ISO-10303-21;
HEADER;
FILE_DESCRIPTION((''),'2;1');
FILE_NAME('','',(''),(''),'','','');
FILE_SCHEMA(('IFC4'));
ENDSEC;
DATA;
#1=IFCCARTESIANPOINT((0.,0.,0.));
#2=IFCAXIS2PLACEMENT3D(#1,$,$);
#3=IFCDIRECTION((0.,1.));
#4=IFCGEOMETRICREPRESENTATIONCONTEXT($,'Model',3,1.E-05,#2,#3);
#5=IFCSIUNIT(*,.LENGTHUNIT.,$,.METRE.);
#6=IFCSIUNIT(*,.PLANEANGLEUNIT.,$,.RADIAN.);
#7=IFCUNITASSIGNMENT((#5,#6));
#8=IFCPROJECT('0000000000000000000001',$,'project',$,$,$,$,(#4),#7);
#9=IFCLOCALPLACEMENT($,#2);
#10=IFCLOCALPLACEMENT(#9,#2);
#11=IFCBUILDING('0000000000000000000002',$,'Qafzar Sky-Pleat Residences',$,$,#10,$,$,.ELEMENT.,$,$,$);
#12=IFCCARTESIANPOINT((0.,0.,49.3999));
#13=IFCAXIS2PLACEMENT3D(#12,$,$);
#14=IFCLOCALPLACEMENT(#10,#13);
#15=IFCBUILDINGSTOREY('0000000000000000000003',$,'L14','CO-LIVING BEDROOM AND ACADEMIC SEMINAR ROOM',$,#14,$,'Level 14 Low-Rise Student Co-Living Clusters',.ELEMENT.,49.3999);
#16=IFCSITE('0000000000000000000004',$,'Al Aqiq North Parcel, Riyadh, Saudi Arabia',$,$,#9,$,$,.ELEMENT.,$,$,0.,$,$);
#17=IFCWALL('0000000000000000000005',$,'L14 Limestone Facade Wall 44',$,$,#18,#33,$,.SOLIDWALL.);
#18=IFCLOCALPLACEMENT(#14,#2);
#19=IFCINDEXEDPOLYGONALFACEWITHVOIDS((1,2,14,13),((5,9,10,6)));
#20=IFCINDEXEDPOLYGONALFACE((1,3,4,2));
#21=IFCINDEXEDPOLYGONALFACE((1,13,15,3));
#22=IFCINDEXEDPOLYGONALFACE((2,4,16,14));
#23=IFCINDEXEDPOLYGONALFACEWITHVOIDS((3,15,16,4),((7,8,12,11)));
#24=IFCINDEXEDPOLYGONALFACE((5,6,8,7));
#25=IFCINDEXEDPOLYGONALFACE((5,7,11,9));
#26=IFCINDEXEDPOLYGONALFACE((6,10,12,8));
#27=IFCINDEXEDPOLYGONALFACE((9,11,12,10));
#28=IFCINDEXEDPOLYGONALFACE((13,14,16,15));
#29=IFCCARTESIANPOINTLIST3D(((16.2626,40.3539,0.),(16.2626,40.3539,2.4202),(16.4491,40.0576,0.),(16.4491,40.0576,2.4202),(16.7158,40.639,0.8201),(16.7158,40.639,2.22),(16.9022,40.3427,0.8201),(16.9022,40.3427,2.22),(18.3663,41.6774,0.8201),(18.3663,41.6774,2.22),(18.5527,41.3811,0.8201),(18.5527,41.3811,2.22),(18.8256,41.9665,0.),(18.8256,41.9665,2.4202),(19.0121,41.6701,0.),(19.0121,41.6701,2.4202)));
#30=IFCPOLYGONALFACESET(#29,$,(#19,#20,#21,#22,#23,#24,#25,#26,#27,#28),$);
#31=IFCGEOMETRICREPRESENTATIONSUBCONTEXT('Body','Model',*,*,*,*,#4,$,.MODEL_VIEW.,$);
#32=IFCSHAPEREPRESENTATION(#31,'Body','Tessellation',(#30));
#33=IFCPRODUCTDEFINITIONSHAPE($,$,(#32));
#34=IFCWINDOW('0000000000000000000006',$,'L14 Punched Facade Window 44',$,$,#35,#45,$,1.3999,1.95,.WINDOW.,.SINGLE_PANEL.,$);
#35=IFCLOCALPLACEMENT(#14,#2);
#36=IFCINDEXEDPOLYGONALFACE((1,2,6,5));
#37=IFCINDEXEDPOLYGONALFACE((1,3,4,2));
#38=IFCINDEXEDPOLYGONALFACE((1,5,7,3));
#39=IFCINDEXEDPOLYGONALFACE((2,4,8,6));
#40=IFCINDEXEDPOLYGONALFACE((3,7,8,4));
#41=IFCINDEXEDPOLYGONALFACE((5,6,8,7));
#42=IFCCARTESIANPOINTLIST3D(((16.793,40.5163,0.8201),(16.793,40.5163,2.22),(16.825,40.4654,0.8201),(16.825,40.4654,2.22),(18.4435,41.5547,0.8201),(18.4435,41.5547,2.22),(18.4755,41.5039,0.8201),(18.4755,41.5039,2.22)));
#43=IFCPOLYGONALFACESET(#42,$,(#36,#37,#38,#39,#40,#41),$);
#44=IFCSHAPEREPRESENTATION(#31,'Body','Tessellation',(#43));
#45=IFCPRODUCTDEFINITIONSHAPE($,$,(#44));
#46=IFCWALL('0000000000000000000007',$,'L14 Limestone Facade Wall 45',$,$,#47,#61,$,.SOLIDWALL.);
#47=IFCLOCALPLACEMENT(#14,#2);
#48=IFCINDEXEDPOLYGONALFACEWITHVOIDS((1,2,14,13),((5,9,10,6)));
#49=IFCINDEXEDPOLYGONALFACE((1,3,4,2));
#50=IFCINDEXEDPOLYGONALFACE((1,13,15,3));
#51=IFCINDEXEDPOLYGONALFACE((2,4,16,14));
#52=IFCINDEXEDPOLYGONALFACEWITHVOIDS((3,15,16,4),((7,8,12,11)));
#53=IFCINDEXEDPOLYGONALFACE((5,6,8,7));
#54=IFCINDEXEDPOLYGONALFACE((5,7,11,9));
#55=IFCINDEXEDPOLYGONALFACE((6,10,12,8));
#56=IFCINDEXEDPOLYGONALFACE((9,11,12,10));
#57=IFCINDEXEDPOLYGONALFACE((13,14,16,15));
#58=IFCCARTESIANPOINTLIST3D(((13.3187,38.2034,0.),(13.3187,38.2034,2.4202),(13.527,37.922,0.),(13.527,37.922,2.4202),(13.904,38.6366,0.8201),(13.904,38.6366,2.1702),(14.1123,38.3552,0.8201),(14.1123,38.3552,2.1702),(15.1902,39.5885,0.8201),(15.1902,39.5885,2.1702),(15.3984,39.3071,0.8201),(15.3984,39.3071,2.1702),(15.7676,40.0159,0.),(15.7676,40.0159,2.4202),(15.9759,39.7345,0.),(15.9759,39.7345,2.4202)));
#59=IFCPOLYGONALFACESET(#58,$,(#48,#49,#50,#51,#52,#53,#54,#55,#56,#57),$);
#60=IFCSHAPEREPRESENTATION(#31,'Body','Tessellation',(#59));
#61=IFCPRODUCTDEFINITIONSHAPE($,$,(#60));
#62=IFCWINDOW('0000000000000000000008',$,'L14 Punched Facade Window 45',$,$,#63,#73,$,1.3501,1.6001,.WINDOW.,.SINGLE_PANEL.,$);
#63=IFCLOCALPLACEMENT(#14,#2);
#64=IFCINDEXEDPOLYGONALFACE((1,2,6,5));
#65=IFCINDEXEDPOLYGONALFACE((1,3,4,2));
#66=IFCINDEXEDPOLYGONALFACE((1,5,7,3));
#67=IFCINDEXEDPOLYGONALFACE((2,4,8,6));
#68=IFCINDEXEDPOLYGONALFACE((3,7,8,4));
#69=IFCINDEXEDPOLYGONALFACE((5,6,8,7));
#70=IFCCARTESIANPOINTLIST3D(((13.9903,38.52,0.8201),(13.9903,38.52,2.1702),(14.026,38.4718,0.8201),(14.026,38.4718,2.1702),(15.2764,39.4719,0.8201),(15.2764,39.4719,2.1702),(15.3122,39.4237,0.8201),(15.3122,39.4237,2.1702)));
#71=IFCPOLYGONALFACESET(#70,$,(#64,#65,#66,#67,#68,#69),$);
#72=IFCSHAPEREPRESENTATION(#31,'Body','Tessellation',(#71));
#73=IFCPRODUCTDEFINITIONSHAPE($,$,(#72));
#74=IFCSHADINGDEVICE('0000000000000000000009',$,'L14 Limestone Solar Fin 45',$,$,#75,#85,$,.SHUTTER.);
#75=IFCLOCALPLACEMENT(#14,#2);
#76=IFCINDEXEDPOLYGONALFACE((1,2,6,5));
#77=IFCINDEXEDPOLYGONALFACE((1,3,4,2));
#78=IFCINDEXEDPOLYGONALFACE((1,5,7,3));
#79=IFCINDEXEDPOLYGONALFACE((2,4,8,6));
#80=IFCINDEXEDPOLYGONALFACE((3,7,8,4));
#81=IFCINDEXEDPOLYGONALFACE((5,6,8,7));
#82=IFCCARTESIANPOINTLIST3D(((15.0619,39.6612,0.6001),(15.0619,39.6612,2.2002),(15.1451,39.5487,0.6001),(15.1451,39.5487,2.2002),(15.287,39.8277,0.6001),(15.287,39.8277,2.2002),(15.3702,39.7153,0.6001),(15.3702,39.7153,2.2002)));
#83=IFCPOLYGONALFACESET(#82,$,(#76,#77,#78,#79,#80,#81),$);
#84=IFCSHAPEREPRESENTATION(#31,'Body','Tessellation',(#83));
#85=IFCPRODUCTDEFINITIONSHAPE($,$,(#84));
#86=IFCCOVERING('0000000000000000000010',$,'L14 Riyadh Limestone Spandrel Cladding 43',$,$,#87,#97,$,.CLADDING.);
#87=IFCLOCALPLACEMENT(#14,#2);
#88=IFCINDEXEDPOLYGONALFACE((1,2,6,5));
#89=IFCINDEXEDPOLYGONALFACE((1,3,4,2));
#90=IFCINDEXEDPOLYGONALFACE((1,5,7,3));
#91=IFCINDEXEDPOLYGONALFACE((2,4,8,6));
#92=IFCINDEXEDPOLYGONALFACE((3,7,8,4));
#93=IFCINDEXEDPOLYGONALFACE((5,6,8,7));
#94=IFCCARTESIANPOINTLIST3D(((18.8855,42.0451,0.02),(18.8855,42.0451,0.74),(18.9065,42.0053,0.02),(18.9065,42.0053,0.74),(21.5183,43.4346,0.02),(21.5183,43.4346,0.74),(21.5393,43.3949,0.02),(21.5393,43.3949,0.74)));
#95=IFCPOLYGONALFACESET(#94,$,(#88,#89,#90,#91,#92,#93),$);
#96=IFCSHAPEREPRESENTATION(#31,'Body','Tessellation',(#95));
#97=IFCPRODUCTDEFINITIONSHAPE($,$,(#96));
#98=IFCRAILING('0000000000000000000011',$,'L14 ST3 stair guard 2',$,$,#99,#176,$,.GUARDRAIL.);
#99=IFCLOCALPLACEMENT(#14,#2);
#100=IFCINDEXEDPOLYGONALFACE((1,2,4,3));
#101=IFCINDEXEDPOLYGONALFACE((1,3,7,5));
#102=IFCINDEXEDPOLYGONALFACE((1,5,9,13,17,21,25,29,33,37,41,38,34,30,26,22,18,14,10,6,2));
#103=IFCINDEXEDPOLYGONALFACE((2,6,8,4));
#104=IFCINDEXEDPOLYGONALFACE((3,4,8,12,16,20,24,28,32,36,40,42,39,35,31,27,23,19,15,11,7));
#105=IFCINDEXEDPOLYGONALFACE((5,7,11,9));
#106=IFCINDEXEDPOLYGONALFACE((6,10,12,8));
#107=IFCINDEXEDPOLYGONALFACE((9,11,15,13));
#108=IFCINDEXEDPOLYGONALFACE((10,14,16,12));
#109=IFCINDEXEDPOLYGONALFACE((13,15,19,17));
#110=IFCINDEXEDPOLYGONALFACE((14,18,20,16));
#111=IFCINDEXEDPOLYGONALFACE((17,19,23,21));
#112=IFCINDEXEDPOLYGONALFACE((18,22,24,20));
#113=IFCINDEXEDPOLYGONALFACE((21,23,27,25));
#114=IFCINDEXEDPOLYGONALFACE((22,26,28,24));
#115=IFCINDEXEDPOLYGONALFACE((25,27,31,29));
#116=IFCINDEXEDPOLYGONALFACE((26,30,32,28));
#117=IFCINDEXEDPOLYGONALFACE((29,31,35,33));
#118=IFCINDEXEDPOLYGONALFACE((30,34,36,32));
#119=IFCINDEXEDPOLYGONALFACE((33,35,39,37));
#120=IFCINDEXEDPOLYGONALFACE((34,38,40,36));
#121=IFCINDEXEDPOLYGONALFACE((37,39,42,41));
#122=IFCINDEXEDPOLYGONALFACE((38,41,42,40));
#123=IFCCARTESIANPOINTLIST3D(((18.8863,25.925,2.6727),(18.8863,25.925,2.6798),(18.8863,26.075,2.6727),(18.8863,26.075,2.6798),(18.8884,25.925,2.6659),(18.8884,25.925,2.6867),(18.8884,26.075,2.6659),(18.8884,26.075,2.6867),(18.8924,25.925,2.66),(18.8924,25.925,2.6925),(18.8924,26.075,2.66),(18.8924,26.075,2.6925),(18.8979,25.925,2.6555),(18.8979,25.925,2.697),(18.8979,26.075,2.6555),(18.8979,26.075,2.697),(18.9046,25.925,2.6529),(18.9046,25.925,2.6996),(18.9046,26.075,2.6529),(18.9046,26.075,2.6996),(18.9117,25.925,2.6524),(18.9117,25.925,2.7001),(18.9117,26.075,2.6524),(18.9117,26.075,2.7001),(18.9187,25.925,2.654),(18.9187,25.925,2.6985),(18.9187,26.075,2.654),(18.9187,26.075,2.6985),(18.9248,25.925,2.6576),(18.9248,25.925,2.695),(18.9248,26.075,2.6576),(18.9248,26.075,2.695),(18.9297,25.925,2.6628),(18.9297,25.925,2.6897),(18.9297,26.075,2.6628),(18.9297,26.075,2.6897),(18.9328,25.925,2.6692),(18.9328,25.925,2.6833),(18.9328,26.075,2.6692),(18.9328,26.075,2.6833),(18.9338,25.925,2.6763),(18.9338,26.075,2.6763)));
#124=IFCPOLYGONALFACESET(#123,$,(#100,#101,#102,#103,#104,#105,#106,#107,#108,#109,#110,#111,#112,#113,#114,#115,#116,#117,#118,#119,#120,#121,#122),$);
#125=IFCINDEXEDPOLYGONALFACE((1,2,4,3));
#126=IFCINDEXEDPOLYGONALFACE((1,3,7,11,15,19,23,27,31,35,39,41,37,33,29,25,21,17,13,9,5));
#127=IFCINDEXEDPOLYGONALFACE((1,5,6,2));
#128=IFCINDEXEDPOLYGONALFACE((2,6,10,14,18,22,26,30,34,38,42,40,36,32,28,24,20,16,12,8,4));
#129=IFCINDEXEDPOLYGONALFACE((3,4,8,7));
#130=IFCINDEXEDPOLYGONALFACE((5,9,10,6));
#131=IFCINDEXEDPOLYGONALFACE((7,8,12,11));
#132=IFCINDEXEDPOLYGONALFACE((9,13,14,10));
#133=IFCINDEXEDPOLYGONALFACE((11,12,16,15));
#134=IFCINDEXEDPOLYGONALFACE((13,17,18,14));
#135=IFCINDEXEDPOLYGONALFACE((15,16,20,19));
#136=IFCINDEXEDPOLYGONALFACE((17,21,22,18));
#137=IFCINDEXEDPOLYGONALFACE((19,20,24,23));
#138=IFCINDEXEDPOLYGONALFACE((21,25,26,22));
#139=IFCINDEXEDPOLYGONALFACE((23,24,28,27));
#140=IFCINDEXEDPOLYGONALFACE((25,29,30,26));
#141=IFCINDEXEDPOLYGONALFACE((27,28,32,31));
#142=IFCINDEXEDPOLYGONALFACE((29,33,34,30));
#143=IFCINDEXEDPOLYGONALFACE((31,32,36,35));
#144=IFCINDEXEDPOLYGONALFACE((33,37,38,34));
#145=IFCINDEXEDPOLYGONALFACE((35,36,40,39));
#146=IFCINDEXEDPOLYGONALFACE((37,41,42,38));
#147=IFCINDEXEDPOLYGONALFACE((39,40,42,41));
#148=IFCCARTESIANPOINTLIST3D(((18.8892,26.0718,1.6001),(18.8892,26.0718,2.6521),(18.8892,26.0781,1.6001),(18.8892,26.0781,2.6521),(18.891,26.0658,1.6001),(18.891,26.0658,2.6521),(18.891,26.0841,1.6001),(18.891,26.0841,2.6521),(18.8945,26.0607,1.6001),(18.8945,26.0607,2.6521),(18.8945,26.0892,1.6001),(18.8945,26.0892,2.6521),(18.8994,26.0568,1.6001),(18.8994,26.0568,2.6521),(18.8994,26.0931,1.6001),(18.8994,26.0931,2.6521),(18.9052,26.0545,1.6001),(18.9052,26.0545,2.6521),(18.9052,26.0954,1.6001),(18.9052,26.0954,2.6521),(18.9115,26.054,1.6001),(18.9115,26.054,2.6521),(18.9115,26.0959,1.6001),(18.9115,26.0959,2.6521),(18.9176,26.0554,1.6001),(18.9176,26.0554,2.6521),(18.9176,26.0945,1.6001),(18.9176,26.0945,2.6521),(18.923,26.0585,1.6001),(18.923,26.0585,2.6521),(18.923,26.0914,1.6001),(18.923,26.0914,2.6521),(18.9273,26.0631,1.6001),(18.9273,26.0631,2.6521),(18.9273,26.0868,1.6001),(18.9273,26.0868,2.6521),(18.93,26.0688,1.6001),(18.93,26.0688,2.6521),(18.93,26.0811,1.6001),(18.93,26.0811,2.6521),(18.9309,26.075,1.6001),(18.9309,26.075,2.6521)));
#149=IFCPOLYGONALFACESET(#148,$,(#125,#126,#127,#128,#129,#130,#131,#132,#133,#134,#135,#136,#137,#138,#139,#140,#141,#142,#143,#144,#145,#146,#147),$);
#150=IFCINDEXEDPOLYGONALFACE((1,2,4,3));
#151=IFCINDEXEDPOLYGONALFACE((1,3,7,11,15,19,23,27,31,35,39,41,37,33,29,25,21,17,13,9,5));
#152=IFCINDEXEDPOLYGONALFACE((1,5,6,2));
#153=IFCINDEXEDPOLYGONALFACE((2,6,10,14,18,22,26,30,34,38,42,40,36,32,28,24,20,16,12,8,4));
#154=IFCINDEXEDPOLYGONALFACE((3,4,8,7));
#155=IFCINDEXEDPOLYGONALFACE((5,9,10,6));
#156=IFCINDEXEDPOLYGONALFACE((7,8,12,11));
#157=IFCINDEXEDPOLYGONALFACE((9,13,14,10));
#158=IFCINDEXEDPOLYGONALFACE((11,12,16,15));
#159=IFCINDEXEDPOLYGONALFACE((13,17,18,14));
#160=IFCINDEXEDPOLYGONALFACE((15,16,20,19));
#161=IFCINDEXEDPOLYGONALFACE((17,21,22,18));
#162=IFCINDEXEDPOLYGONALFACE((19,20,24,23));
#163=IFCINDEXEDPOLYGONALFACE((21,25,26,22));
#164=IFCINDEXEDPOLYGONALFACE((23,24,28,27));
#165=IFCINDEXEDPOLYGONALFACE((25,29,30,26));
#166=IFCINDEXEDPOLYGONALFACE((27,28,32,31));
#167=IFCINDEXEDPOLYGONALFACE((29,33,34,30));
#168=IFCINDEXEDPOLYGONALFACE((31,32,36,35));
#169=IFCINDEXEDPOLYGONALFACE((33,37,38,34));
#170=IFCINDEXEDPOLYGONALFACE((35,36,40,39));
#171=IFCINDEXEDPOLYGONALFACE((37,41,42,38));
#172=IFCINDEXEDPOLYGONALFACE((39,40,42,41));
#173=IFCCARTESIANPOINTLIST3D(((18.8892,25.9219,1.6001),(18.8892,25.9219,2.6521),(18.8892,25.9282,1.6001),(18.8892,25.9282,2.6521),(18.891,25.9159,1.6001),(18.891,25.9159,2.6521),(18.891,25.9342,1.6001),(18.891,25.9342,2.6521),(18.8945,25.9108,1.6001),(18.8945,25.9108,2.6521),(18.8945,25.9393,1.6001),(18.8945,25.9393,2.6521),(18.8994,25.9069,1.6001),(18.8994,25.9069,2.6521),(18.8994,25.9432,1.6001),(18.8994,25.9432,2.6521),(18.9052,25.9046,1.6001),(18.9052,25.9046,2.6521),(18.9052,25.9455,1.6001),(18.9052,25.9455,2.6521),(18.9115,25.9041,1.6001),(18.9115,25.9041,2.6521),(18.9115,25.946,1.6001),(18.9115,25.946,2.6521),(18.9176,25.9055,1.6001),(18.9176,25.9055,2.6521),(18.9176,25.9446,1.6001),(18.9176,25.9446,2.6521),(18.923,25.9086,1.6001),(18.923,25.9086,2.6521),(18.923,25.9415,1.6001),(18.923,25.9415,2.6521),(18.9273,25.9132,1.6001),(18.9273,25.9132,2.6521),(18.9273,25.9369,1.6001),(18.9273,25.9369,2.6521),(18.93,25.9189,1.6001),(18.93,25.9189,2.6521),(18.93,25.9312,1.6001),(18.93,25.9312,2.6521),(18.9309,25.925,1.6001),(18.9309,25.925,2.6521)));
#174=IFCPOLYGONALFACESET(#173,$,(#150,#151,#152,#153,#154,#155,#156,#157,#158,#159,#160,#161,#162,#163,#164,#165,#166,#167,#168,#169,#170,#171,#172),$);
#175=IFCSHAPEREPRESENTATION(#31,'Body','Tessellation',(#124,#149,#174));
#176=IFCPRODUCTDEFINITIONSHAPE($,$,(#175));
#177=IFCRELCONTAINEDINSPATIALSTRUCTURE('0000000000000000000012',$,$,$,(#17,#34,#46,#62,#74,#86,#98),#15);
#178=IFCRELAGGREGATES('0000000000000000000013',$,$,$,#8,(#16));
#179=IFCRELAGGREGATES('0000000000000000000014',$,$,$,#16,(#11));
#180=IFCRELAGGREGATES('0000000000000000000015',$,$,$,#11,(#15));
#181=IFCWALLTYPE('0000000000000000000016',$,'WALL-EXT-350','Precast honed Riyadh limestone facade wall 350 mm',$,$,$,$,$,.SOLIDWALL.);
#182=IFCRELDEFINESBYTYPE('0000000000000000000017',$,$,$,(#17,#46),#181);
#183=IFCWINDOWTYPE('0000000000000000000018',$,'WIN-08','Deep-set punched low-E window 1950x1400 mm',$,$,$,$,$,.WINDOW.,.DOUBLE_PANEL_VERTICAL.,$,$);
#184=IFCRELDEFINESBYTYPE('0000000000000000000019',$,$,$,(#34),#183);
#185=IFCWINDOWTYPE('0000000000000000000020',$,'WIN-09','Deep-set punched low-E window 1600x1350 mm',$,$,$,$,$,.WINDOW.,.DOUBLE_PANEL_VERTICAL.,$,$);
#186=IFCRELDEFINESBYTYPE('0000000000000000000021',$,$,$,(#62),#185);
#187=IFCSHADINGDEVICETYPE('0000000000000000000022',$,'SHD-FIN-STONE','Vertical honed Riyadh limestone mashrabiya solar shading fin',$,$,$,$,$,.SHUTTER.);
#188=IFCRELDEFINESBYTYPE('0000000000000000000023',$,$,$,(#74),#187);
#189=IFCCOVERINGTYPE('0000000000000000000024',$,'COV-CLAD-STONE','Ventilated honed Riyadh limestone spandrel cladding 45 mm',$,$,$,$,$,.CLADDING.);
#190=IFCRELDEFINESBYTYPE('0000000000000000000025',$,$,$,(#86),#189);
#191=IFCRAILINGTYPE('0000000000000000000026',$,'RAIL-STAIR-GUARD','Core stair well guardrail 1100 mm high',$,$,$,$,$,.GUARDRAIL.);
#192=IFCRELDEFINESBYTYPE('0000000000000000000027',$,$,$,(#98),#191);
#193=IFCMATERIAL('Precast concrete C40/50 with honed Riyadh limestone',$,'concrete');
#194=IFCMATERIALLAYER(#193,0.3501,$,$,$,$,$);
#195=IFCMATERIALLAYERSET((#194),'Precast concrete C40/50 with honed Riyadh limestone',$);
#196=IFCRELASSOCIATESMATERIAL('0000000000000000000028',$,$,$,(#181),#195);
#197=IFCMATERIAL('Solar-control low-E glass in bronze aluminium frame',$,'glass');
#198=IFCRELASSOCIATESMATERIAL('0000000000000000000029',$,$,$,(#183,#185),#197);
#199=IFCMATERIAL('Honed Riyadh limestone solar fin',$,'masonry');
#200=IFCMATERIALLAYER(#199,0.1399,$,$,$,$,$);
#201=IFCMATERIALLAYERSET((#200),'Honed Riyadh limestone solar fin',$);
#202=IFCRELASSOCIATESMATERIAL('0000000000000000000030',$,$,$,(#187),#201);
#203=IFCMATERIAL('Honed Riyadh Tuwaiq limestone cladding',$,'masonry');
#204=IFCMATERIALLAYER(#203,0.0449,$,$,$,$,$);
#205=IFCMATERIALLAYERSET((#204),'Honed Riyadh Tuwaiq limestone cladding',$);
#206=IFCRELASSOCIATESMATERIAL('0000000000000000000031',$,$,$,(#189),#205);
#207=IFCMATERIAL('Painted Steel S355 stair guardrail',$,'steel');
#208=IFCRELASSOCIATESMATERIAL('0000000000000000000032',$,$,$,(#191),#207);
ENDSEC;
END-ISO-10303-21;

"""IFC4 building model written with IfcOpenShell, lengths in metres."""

from ifc_helpers import new_model, si_unit, direction, frame, frame_2d, origin, origin_2d, place, context, subcontext, project, spatial, rectangle, circle, extrude, source, transform, mapped, material, layer, layer_set, type_object, element, fill, save


model = new_model("IFC4")

# Units and contexts
model_context = context("Model", 3, precision=1e-05, world=origin(), true_north=direction((0.0, 1.0)))
body_context = subcontext(model_context, "Body", "Model", "MODEL_VIEW")
ifc_project = project(units=[si_unit("LENGTHUNIT", "METRE"), si_unit("PLANEANGLEUNIT", "RADIAN")], contexts=[model_context])

# Site, building, storey
site_placement = place(None, origin())
site = spatial("IfcSite", under=ifc_project, at=site_placement, Name="Al Aqiq North Parcel, Riyadh, Saudi Arabia", CompositionType="ELEMENT", RefElevation=0.0)
building_placement = place(site_placement, origin())
building = spatial("IfcBuilding", under=site, at=building_placement, Name="Qafzar Sky-Pleat Residences", CompositionType="ELEMENT")
storey_placement = place(building_placement, frame((0.0, 0.0, 49.3999)))
storey = spatial("IfcBuildingStorey", under=building, at=storey_placement, Name="L14", Description="CO-LIVING BEDROOM AND ACADEMIC SEMINAR ROOM", LongName="Level 14 Low-Rise Student Co-Living Clusters", CompositionType="ELEMENT", Elevation=49.3999)

# Walls, openings, windows
ifc_material_1 = material(Name="Precast concrete C40/50 with honed Riyadh limestone", Category="concrete")
ifc_layer_1 = layer(ifc_material_1, 0.3501)
ifc_layer_set_1 = layer_set([ifc_layer_1], Name="Precast concrete C40/50 with honed Riyadh limestone")
wall_type_1 = type_object("IfcWallType", Name="WALL-EXT-350", Description="Precast honed Riyadh limestone facade wall 350 mm", PredefinedType="SOLIDWALL", material=ifc_layer_set_1)
wall_1_placement = place(storey_placement, frame((18.9189, 41.8184, 0.0), z_axis=(0.0, 0.0, 1.0), x_axis=(-0.846409, -0.532533, 0.0)))
wall_1 = element("IfcWall", 1, at=wall_1_placement, inside=storey, type_object=wall_type_1, Name="L14 Limestone Facade Wall 44", PredefinedType="SOLIDWALL", context=body_context, shape_type="SweptSolid", body=[
    extrude(rectangle(XDim=3.0281, YDim=0.3501, at=frame_2d((1.5142, 0.0))), origin(), (0.0, 0.0, 1.0), 2.4202),
])
opening_1_placement = place(wall_1_placement, frame((0.5427, 0.0, 0.8201)))
opening_1 = element("IfcOpeningElement", 2, at=opening_1_placement, cuts=wall_1, PredefinedType="OPENING", context=body_context, shape_type="SweptSolid", body=[
    extrude(rectangle(XDim=1.95, YDim=1.3999, at=frame_2d((0.9751, 0.7))), frame((0.0, 0.1851, 0.0), z_axis=(0.0, -1.0, 0.0), x_axis=(1.0, 0.0, 0.0)), (0.0, 0.0, 1.0), 0.3701),
])
ifc_material_2 = material(Name="Solar-control low-E glass in bronze aluminium frame", Category="glass")
window_type_1 = type_object("IfcWindowType", Name="WIN-08", Description="Deep-set punched low-E window 1950x1400 mm", PartitioningType="DOUBLE_PANEL_VERTICAL", PredefinedType="WINDOW", material=ifc_material_2)
shared_shape_1 = source(origin(), body_context, "Body", "SweptSolid", [
    extrude(rectangle(XDim=1.95, YDim=1.3999, at=frame_2d((0.9751, 0.7))), frame((0.0, 0.03, 0.0), z_axis=(0.0, -1.0, 0.0), x_axis=(1.0, 0.0, 0.0)), (0.0, 0.0, 1.0), 0.0601),
])
window_1_placement = place(opening_1_placement, origin())
window_1 = element("IfcWindow", 3, at=window_1_placement, inside=storey, type_object=window_type_1, Name="L14 Punched Facade Window 44", OverallHeight=1.3999, OverallWidth=1.95, PartitioningType="SINGLE_PANEL", PredefinedType="WINDOW", context=body_context, shape_type="MappedRepresentation", body=[
    mapped(shared_shape_1, transform((0.0, 0.0, 0.0), x_axis=(1.0, 0.0, 0.0), y_axis=(0.0, 1.0, 0.0), z_axis=(0.0, 0.0, 1.0), scale=1.0)),
])
fill(opening_1, window_1)
wall_2_placement = place(storey_placement, frame((15.8718, 39.8752, 0.0), z_axis=(0.0, 0.0, 1.0), x_axis=(-0.803801, -0.594898, 0.0)))
wall_2 = element("IfcWall", 4, at=wall_2_placement, inside=storey, type_object=wall_type_1, Name="L14 Limestone Facade Wall 45", PredefinedType="SOLIDWALL", context=body_context, shape_type="SweptSolid", body=[
    extrude(rectangle(XDim=3.0466, YDim=0.3501, at=frame_2d((1.5234, 0.0))), origin(), (0.0, 0.0, 1.0), 2.4202),
])
opening_2_placement = place(wall_2_placement, frame((0.7185, 0.0, 0.8201)))
opening_2 = element("IfcOpeningElement", 5, at=opening_2_placement, cuts=wall_2, PredefinedType="OPENING", context=body_context, shape_type="SweptSolid", body=[
    extrude(rectangle(XDim=1.6001, YDim=1.3501, at=frame_2d((0.8, 0.675))), frame((0.0, 0.1851, 0.0), z_axis=(0.0, -1.0, 0.0), x_axis=(1.0, 0.0, 0.0)), (0.0, 0.0, 1.0), 0.3701),
])
window_type_2 = type_object("IfcWindowType", Name="WIN-09", Description="Deep-set punched low-E window 1600x1350 mm", PartitioningType="DOUBLE_PANEL_VERTICAL", PredefinedType="WINDOW", material=ifc_material_2)
shared_shape_2 = source(origin(), body_context, "Body", "SweptSolid", [
    extrude(rectangle(XDim=1.6001, YDim=1.3501, at=frame_2d((0.8, 0.675))), frame((0.0, 0.03, 0.0), z_axis=(0.0, -1.0, 0.0), x_axis=(1.0, 0.0, 0.0)), (0.0, 0.0, 1.0), 0.0601),
])
window_2_placement = place(opening_2_placement, origin())
window_2 = element("IfcWindow", 6, at=window_2_placement, inside=storey, type_object=window_type_2, Name="L14 Punched Facade Window 45", OverallHeight=1.3501, OverallWidth=1.6001, PartitioningType="SINGLE_PANEL", PredefinedType="WINDOW", context=body_context, shape_type="MappedRepresentation", body=[
    mapped(shared_shape_2, transform((0.0, 0.0, 0.0), x_axis=(1.0, 0.0, 0.0), y_axis=(0.0, 1.0, 0.0), z_axis=(0.0, 0.0, 1.0), scale=1.0)),
])
fill(opening_2, window_2)

# Shading device
ifc_material_3 = material(Name="Honed Riyadh limestone solar fin", Category="masonry")
ifc_layer_2 = layer(ifc_material_3, 0.1399)
ifc_layer_set_2 = layer_set([ifc_layer_2], Name="Honed Riyadh limestone solar fin")
shading_device_type = type_object("IfcShadingDeviceType", Name="SHD-FIN-STONE", Description="Vertical honed Riyadh limestone mashrabiya solar shading fin", PredefinedType="SHUTTER", material=ifc_layer_set_2)
shared_shape_3 = source(origin(), body_context, "Body", "SweptSolid", [
    extrude(rectangle(XDim=0.1399, YDim=0.28, at=origin_2d()), origin(), (0.0, 0.0, 1.0), 1.6001),
])
shading_device_placement = place(storey_placement, frame((15.2161, 39.6882, 0.6001), z_axis=(0.0, 0.0, 1.0), x_axis=(-0.594881, 0.803814, 0.0)))
element("IfcShadingDevice", 7, at=shading_device_placement, inside=storey, type_object=shading_device_type, Name="L14 Limestone Solar Fin 45", PredefinedType="SHUTTER", context=body_context, shape_type="MappedRepresentation", body=[
    mapped(shared_shape_3, transform((0.0, 0.0, 0.0), x_axis=(1.0, 0.0, 0.0), y_axis=(0.0, 1.0, 0.0), z_axis=(0.0, 0.0, 1.0), scale=1.0)),
])

# Covering
ifc_material_4 = material(Name="Honed Riyadh Tuwaiq limestone cladding", Category="masonry")
ifc_layer_3 = layer(ifc_material_4, 0.0449)
ifc_layer_set_3 = layer_set([ifc_layer_3], Name="Honed Riyadh Tuwaiq limestone cladding")
covering_type = type_object("IfcCoveringType", Name="COV-CLAD-STONE", Description="Ventilated honed Riyadh limestone spandrel cladding 45 mm", PredefinedType="CLADDING", material=ifc_layer_set_3)
shared_shape_4 = source(origin(), body_context, "Body", "SweptSolid", [
    extrude(rectangle(XDim=2.9771, YDim=0.0449, at=origin_2d()), origin(), (0.0, 0.0, 1.0), 0.72),
])
covering_placement = place(storey_placement, frame((20.2124, 42.72, 0.02), z_axis=(0.0, 0.0, 1.0), x_axis=(-0.884386, -0.466757, 0.0)))
element("IfcCovering", 8, at=covering_placement, inside=storey, type_object=covering_type, Name="L14 Riyadh Limestone Spandrel Cladding 43", PredefinedType="CLADDING", context=body_context, shape_type="MappedRepresentation", body=[
    mapped(shared_shape_4, transform((0.0, 0.0, 0.0), x_axis=(1.0, 0.0, 0.0), y_axis=(0.0, 1.0, 0.0), z_axis=(0.0, 0.0, 1.0), scale=1.0)),
])

# Railing
ifc_material_5 = material(Name="Painted Steel S355 stair guardrail", Category="steel")
railing_type = type_object("IfcRailingType", Name="RAIL-STAIR-GUARD", Description="Core stair well guardrail 1100 mm high", PredefinedType="GUARDRAIL", material=ifc_material_5)
shared_shape_5 = source(origin(), body_context, "Body", "SweptSolid", [
    extrude(circle(Radius=0.0239, at=origin_2d()), frame((0.0, 0.0, 1.0762), z_axis=(0.0, -1.0, 0.0), x_axis=(1.0, 0.0, 0.0)), (0.0, 0.0, 1.0), 0.1499),
    extrude(circle(Radius=0.021, at=origin_2d()), origin(), (0.0, 0.0, 1.0), 1.052),
    extrude(circle(Radius=0.021, at=origin_2d()), frame((0.0, -0.1499, 0.0)), (0.0, 0.0, 1.0), 1.052),
])
railing_placement = place(storey_placement, frame((18.9099, 26.075, 1.6001)))
element("IfcRailing", 9, at=railing_placement, inside=storey, type_object=railing_type, Name="L14 ST3 stair guard 2", PredefinedType="GUARDRAIL", context=body_context, shape_type="MappedRepresentation", body=[
    mapped(shared_shape_5, transform((0.0, 0.0, 0.0), x_axis=(1.0, 0.0, 0.0), y_axis=(0.0, 1.0, 0.0), z_axis=(0.0, 0.0, 1.0), scale=1.0)),
])

save(model, "model.ifc")
